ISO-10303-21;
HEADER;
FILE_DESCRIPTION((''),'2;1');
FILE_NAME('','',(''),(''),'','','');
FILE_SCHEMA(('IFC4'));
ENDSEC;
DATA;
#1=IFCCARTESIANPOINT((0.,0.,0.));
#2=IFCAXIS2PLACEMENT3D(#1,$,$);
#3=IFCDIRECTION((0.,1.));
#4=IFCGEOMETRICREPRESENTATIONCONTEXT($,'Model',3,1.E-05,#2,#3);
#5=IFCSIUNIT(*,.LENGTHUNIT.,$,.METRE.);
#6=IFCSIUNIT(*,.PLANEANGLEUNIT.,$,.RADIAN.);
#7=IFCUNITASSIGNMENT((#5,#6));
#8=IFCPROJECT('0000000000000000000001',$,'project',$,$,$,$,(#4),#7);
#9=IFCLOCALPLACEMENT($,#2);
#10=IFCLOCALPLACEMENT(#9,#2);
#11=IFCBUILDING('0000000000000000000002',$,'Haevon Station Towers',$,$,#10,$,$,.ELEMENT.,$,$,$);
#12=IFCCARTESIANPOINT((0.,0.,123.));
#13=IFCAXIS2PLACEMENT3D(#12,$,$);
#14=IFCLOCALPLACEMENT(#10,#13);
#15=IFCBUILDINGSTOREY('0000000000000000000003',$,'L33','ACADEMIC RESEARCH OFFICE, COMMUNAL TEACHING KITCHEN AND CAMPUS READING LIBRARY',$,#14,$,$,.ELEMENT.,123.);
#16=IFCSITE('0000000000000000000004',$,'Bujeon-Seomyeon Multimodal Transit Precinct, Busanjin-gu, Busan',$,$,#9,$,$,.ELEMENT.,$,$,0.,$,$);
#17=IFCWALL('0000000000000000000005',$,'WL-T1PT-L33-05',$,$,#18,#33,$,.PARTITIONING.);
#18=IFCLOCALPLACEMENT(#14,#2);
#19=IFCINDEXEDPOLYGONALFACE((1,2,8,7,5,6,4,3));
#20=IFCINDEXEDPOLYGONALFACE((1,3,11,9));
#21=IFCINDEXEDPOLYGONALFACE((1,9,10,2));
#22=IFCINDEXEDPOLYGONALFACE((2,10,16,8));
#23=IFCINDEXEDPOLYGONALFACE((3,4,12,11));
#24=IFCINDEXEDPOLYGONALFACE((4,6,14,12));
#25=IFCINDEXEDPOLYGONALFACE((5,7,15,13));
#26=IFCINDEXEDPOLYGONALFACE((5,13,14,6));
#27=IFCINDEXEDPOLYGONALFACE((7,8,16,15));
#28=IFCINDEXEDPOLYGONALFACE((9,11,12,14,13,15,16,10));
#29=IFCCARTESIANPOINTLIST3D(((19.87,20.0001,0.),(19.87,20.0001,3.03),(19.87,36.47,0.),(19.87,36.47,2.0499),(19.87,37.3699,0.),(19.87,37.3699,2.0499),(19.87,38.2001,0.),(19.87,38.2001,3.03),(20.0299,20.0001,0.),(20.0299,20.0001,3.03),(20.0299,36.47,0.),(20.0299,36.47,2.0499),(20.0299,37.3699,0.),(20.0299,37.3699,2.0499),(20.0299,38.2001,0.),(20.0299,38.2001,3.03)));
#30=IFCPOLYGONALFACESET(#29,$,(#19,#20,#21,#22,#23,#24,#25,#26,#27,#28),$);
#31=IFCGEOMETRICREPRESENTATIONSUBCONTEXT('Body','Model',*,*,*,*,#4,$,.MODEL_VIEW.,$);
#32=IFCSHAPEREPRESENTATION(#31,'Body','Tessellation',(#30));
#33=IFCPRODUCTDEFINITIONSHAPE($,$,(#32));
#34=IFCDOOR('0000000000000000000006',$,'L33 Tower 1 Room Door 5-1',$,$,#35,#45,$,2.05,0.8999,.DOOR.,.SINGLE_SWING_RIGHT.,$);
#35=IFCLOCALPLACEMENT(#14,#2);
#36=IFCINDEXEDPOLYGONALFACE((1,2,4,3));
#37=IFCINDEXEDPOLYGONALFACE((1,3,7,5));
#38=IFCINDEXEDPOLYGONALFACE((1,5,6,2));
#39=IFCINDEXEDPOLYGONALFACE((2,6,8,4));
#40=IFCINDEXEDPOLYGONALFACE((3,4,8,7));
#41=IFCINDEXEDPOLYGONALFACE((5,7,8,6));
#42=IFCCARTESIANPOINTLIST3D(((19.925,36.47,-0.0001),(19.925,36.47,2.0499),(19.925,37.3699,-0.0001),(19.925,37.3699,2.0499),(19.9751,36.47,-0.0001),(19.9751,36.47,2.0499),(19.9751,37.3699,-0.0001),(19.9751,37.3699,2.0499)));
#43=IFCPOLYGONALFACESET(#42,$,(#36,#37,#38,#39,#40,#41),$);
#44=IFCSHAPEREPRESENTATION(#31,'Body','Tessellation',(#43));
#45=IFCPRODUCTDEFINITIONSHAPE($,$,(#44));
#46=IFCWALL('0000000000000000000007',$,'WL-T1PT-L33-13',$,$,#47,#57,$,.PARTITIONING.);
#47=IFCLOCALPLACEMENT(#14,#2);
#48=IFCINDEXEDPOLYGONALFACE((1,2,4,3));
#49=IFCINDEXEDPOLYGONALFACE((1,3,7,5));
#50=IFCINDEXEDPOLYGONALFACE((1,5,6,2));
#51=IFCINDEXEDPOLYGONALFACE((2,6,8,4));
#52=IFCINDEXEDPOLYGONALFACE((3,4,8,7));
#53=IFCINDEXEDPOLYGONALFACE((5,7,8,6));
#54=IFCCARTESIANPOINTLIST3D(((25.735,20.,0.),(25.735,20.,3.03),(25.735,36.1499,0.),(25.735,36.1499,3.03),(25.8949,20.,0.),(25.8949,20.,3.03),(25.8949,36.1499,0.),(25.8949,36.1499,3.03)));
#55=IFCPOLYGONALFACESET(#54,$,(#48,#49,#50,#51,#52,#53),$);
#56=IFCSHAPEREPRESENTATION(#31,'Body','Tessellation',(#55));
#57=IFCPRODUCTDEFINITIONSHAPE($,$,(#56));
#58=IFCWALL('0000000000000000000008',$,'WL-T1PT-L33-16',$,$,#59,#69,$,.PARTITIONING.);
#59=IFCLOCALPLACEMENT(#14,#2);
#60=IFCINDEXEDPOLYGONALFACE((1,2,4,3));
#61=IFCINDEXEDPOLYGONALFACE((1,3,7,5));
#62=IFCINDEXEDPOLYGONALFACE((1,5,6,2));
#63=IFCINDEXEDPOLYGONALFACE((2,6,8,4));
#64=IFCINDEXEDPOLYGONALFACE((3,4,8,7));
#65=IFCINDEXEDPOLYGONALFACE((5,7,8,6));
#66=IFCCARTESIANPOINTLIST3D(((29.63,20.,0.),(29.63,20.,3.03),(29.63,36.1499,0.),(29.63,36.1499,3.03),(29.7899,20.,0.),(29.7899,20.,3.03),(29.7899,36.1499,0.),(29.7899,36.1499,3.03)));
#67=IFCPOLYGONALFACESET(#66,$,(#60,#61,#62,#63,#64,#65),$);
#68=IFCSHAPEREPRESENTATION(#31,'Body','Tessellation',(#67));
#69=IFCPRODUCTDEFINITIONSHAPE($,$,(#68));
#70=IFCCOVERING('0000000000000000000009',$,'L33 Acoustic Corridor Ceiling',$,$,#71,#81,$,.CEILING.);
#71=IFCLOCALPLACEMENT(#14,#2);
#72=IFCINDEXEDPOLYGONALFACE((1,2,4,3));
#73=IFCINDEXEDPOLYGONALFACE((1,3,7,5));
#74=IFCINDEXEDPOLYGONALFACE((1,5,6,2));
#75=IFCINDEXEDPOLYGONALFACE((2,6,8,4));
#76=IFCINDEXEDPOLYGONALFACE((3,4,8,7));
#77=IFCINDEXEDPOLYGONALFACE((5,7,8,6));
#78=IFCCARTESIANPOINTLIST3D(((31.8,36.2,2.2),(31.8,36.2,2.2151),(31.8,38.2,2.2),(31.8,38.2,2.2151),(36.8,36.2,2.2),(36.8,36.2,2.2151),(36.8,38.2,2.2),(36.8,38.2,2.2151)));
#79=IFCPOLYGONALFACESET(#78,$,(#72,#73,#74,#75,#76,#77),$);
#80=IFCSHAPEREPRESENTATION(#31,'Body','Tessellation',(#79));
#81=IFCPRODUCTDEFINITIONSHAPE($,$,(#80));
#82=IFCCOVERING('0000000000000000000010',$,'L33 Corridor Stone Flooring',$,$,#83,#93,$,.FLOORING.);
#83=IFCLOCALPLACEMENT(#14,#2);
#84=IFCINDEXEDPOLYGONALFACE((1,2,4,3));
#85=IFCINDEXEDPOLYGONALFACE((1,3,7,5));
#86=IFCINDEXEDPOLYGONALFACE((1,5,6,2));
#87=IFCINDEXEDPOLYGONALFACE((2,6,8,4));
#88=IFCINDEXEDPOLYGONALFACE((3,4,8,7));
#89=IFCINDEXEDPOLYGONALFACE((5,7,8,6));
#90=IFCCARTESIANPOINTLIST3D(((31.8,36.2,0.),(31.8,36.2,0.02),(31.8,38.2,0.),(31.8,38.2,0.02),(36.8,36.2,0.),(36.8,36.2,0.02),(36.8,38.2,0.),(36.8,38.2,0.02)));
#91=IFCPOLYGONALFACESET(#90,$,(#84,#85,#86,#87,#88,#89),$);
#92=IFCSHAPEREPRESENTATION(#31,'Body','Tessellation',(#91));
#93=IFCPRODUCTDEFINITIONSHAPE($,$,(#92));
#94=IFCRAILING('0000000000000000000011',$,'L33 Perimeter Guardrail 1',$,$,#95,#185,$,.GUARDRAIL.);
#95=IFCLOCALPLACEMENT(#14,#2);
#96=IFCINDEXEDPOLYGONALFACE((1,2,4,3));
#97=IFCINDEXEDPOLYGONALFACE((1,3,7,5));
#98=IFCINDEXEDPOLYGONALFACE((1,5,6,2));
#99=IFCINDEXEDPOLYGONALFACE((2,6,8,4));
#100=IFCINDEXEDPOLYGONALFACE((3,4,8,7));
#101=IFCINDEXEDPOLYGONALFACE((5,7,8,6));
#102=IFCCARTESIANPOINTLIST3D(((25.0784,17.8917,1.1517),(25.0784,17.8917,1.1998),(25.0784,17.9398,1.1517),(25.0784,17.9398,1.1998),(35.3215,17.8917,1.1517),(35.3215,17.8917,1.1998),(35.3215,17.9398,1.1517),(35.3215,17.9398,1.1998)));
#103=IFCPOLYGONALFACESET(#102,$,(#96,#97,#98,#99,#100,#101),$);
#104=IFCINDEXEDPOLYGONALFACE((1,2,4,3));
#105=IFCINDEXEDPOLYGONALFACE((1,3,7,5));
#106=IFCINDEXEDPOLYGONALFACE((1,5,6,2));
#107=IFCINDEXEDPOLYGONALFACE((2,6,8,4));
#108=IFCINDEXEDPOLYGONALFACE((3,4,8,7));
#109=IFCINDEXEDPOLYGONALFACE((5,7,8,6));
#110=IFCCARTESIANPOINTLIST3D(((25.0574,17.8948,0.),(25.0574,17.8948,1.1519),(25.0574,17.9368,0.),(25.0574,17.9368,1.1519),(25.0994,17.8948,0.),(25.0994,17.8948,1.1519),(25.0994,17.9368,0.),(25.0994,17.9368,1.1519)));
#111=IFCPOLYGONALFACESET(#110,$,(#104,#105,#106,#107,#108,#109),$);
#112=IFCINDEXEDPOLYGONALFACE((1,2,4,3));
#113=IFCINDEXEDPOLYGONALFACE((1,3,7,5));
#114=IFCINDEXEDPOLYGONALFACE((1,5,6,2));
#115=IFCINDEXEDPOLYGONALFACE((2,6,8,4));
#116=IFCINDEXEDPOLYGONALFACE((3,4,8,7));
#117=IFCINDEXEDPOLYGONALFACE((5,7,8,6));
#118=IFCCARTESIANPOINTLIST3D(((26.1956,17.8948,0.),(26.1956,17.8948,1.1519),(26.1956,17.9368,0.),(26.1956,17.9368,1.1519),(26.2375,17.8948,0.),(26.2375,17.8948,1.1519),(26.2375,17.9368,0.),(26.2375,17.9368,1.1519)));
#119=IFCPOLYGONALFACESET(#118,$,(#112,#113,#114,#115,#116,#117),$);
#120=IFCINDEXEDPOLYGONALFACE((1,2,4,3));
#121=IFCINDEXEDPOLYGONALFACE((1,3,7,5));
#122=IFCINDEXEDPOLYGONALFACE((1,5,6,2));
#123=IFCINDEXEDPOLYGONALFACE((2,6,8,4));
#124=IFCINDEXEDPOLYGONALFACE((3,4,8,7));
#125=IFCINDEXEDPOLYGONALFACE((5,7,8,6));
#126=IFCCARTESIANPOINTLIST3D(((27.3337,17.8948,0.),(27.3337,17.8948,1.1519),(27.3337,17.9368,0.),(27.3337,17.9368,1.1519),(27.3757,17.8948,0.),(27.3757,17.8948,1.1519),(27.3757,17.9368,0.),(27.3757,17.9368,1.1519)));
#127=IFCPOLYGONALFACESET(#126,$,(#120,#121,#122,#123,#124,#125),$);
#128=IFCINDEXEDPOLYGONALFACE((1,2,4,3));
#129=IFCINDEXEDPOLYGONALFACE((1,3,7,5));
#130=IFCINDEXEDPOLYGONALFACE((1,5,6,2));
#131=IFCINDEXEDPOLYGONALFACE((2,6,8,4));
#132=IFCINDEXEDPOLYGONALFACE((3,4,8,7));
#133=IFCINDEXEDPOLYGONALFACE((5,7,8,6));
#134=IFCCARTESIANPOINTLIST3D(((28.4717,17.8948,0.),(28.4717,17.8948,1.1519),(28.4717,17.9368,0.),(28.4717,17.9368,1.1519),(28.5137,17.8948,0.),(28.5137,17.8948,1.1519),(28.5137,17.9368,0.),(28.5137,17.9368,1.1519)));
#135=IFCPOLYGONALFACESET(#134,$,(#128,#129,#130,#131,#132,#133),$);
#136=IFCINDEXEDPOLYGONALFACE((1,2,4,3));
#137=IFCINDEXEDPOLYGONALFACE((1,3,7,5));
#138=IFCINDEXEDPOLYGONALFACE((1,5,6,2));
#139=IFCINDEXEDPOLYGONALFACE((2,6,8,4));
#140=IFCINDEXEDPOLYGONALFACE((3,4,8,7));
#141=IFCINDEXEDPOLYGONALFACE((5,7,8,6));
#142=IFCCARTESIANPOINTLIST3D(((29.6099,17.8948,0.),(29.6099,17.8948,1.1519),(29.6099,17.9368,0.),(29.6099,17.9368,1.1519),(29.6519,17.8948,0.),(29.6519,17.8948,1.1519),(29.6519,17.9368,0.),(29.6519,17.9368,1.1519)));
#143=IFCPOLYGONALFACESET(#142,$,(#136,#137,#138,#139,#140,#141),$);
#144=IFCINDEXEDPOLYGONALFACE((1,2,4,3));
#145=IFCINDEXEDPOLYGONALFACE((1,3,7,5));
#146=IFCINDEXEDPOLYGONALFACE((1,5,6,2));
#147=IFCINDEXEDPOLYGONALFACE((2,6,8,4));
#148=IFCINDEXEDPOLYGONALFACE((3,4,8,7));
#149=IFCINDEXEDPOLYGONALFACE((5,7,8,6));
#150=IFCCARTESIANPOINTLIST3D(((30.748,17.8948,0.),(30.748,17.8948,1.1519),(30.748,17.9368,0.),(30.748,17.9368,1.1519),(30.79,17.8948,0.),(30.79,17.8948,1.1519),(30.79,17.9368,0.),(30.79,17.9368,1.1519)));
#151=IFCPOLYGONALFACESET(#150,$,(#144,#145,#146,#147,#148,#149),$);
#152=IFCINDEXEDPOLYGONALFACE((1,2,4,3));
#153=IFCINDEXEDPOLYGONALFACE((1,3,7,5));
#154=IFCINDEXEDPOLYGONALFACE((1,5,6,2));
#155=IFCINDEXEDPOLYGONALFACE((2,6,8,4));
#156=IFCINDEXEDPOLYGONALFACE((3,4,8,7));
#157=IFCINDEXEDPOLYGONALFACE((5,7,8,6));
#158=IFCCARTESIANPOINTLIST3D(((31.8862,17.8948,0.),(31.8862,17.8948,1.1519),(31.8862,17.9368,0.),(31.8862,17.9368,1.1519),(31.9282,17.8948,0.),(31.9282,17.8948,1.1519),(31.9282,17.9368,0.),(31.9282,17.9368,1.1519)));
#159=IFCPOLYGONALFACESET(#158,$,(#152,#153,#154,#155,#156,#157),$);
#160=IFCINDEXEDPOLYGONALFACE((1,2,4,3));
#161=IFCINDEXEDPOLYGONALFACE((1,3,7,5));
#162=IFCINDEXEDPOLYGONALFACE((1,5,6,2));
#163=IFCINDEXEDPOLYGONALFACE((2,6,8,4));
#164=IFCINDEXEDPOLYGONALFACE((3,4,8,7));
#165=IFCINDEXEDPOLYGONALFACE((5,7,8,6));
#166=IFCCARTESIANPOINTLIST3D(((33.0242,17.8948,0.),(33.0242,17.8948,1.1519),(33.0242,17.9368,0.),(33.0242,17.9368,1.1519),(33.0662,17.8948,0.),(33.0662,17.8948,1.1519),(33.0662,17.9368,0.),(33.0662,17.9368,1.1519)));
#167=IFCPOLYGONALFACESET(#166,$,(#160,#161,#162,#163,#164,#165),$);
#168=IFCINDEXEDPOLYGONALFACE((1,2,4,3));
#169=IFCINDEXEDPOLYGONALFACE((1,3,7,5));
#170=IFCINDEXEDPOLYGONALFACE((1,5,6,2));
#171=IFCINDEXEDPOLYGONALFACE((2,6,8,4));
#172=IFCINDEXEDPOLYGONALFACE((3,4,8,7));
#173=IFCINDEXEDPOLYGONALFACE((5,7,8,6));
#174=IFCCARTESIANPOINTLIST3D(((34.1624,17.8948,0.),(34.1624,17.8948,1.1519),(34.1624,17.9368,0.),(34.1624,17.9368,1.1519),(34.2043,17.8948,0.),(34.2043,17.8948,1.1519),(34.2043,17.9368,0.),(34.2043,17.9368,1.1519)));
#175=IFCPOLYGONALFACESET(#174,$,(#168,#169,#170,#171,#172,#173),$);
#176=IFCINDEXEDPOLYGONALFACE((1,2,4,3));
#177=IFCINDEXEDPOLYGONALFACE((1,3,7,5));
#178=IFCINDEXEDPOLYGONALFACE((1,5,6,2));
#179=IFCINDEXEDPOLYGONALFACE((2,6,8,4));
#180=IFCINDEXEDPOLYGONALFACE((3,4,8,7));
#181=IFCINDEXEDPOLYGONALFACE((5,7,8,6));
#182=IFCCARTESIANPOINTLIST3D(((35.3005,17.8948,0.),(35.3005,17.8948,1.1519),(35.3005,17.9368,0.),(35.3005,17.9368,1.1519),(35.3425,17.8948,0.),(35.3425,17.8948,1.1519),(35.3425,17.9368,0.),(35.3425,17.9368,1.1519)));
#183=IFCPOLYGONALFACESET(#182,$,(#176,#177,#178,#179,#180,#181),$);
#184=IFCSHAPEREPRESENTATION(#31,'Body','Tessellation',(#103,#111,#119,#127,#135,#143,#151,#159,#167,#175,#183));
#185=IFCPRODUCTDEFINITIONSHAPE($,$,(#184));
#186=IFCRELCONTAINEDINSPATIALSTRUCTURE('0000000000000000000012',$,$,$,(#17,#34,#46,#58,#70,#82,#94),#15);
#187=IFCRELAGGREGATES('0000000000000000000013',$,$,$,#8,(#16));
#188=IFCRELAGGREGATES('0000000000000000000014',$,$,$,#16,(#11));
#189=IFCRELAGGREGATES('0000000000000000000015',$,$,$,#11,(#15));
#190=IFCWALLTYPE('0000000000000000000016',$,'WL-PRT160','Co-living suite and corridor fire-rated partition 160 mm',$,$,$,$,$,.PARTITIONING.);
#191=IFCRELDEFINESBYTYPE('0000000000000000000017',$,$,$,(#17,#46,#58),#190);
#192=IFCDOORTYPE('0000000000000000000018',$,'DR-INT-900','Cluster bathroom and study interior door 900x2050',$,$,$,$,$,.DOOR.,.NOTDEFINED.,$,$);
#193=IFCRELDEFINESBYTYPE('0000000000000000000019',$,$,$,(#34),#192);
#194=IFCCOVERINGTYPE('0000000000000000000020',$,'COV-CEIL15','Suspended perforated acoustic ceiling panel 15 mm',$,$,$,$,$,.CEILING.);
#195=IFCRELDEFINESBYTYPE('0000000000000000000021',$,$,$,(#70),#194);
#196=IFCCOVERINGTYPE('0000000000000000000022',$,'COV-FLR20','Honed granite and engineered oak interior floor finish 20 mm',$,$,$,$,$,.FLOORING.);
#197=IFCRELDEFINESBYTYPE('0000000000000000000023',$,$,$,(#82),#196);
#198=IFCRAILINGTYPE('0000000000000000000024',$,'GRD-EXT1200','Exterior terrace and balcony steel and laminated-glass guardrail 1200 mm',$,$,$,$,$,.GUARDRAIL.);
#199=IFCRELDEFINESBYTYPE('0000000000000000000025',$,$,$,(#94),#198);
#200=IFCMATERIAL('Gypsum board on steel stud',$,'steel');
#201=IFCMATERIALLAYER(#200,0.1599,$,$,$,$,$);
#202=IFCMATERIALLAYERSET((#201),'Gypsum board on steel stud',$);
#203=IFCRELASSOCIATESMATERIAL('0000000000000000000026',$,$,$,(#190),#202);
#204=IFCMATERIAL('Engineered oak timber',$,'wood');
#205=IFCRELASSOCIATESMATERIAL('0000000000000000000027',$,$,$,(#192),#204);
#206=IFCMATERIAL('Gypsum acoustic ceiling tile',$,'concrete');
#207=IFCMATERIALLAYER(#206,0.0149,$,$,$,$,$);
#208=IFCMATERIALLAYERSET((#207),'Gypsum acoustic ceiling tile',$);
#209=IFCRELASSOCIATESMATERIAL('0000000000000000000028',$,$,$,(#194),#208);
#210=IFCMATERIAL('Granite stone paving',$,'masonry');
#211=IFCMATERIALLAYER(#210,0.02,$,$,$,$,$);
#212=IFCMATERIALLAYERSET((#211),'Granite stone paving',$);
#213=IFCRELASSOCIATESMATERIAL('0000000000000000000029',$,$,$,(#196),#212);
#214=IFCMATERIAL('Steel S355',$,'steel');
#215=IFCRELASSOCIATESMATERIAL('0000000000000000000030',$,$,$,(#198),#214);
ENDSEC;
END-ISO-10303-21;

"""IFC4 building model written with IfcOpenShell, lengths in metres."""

from ifc_helpers import new_model, si_unit, direction, frame, frame_2d, origin, origin_2d, place, context, subcontext, project, spatial, polyline, rectangle, outline, extrude, material, layer, layer_set, type_object, element, fill, save


model = new_model("IFC4")

# Units and contexts
model_context = context("Model", 3, precision=1e-05, world=origin(), true_north=direction((0.0, 1.0)))
body_context = subcontext(model_context, "Body", "Model", "MODEL_VIEW")
ifc_project = project(units=[si_unit("LENGTHUNIT", "METRE"), si_unit("PLANEANGLEUNIT", "RADIAN")], contexts=[model_context])

# Site, building, storey
site_placement = place(None, origin())
site = spatial("IfcSite", under=ifc_project, at=site_placement, Name="Bujeon-Seomyeon Multimodal Transit Precinct, Busanjin-gu, Busan", CompositionType="ELEMENT", RefElevation=0.0)
building_placement = place(site_placement, origin())
building = spatial("IfcBuilding", under=site, at=building_placement, Name="Haevon Station Towers", CompositionType="ELEMENT")
storey_placement = place(building_placement, frame((0.0, 0.0, 123.0)))
storey = spatial("IfcBuildingStorey", under=building, at=storey_placement, Name="L33", Description="ACADEMIC RESEARCH OFFICE, COMMUNAL TEACHING KITCHEN AND CAMPUS READING LIBRARY", CompositionType="ELEMENT", Elevation=123.0)

# Shared definitions
ifc_material_1 = material(Name="Steel S355", Category="steel")

# Shared definitions
ifc_material_2 = material(Name="Gypsum board on steel stud", Category="steel")
ifc_layer_1 = layer(ifc_material_2, 0.1599)
ifc_layer_set_1 = layer_set([ifc_layer_1], Name="Gypsum board on steel stud")
wall_type_1 = type_object("IfcWallType", Name="WL-PRT160", Description="Co-living suite and corridor fire-rated partition 160 mm", PredefinedType="PARTITIONING", material=ifc_layer_set_1)

# Wall, opening, door
wall_1_placement = place(storey_placement, frame((19.95, 20.0, 0.0), z_axis=(0.0, 0.0, 1.0), x_axis=(0.0, 1.0, 0.0)))
wall_1 = element("IfcWall", 1, at=wall_1_placement, inside=storey, type_object=wall_type_1, Name="WL-T1PT-L33-05", PredefinedType="PARTITIONING", context=body_context, shape_type="SweptSolid", body=[
    extrude(rectangle(XDim=18.2, YDim=0.1599, at=frame_2d((9.1001, 0.0))), origin(), (0.0, 0.0, 1.0), 3.03),
])
opening_placement = place(wall_1_placement, frame((16.47, 0.0, 0.0)))
opening = element("IfcOpeningElement", 2, at=opening_placement, cuts=wall_1, PredefinedType="OPENING", context=body_context, shape_type="SweptSolid", body=[
    extrude(rectangle(XDim=0.8999, YDim=2.05, at=frame_2d((0.45, 1.0249))), frame((0.0, 0.0898, 0.0), z_axis=(0.0, -1.0, 0.0), x_axis=(1.0, 0.0, 0.0)), (0.0, 0.0, 1.0), 0.1799),
])
ifc_material_3 = material(Name="Engineered oak timber", Category="wood")
door_type = type_object("IfcDoorType", Name="DR-INT-900", Description="Cluster bathroom and study interior door 900x2050", OperationType="NOTDEFINED", PredefinedType="DOOR", material=ifc_material_3)
door_placement = place(opening_placement, origin())
door = element("IfcDoor", 3, at=door_placement, inside=storey, type_object=door_type, Name="L33 Tower 1 Room Door 5-1", OperationType="SINGLE_SWING_RIGHT", OverallHeight=2.05, OverallWidth=0.8999, PredefinedType="DOOR", context=body_context, shape_type="SweptSolid", body=[
    extrude(rectangle(XDim=0.8999, YDim=2.05, at=frame_2d((0.45, 1.0249))), frame((0.0, 0.0249, 0.0), z_axis=(0.0, -1.0, 0.0), x_axis=(1.0, 0.0, 0.0)), (0.0, 0.0, 1.0), 0.05),
])
fill(opening, door)

# Walls
for number, where, z_axis, x_axis, name in (
    (4, (25.8149, 20.0, 0.0), (0.0, 0.0, 1.0), (0.0, 1.0, 0.0), "WL-T1PT-L33-13"),
    (5, (29.71, 20.0, 0.0), (0.0, 0.0, 1.0), (0.0, 1.0, 0.0), "WL-T1PT-L33-16"),
):
    element("IfcWall", number, at=place(storey_placement, frame(where, z_axis=z_axis, x_axis=x_axis)), inside=storey, type_object=wall_type_1, Name=name, PredefinedType="PARTITIONING", context=body_context, shape_type="SweptSolid", body=[
        extrude(rectangle(XDim=16.1499, YDim=0.1599, at=frame_2d((8.075, 0.0))), origin(), (0.0, 0.0, 1.0), 3.03),
    ])

# Coverings
ifc_material_4 = material(Name="Gypsum acoustic ceiling tile", Category="concrete")
ifc_layer_2 = layer(ifc_material_4, 0.0149)
ifc_layer_set_2 = layer_set([ifc_layer_2], Name="Gypsum acoustic ceiling tile")
covering_type_1 = type_object("IfcCoveringType", Name="COV-CEIL15", Description="Suspended perforated acoustic ceiling panel 15 mm", PredefinedType="CEILING", material=ifc_layer_set_2)
covering_1_placement = place(storey_placement, frame((0.0, 0.0, 2.2)))
element("IfcCovering", 6, at=covering_1_placement, inside=storey, type_object=covering_type_1, Name="L33 Acoustic Corridor Ceiling", PredefinedType="CEILING", context=body_context, shape_type="SweptSolid", body=[
    extrude(outline(polyline([(31.8, 36.2), (36.8, 36.2), (36.8, 38.2), (31.8, 38.2), (31.8, 36.2)])), origin(), (0.0, 0.0, 1.0), 0.0151),
])
ifc_material_5 = material(Name="Granite stone paving", Category="masonry")
ifc_layer_3 = layer(ifc_material_5, 0.02)
ifc_layer_set_3 = layer_set([ifc_layer_3], Name="Granite stone paving")
covering_type_2 = type_object("IfcCoveringType", Name="COV-FLR20", Description="Honed granite and engineered oak interior floor finish 20 mm", PredefinedType="FLOORING", material=ifc_layer_set_3)
covering_2_placement = place(storey_placement, origin())
element("IfcCovering", 7, at=covering_2_placement, inside=storey, type_object=covering_type_2, Name="L33 Corridor Stone Flooring", PredefinedType="FLOORING", context=body_context, shape_type="SweptSolid", body=[
    extrude(outline(polyline([(31.8, 36.2), (36.8, 36.2), (36.8, 38.2), (31.8, 38.2), (31.8, 36.2)])), origin(), (0.0, 0.0, 1.0), 0.02),
])

# Railing
railing_type = type_object("IfcRailingType", Name="GRD-EXT1200", Description="Exterior terrace and balcony steel and laminated-glass guardrail 1200 mm", PredefinedType="GUARDRAIL", material=ifc_material_1)
railing_1_placement = place(storey_placement, frame((25.0784, 17.9158, 0.0)))
element("IfcRailing", 8, at=railing_1_placement, inside=storey, type_object=railing_type, Name="L33 Perimeter Guardrail 1", PredefinedType="GUARDRAIL", context=body_context, shape_type="SweptSolid", body=[
    extrude(rectangle(XDim=0.0481, YDim=0.0481, at=origin_2d()), frame((0.0, 0.0, 1.1758), z_axis=(1.0, 0.0, 0.0), x_axis=(0.0, 1.0, 0.0)), (0.0, 0.0, 1.0), 10.2432),
    extrude(rectangle(XDim=0.042, YDim=0.042, at=origin_2d()), origin(), (0.0, 0.0, 1.0), 1.1519),
    extrude(rectangle(XDim=0.042, YDim=0.042, at=origin_2d()), frame((1.1382, 0.0, 0.0)), (0.0, 0.0, 1.0), 1.1519),
    extrude(rectangle(XDim=0.042, YDim=0.042, at=origin_2d()), frame((2.2764, 0.0, 0.0)), (0.0, 0.0, 1.0), 1.1519),
    extrude(rectangle(XDim=0.042, YDim=0.042, at=origin_2d()), frame((3.4143, 0.0, 0.0)), (0.0, 0.0, 1.0), 1.1519),
    extrude(rectangle(XDim=0.042, YDim=0.042, at=origin_2d()), frame((4.5525, 0.0, 0.0)), (0.0, 0.0, 1.0), 1.1519),
    extrude(rectangle(XDim=0.042, YDim=0.042, at=origin_2d()), frame((5.6907, 0.0, 0.0)), (0.0, 0.0, 1.0), 1.1519),
    extrude(rectangle(XDim=0.042, YDim=0.042, at=origin_2d()), frame((6.8289, 0.0, 0.0)), (0.0, 0.0, 1.0), 1.1519),
    extrude(rectangle(XDim=0.042, YDim=0.042, at=origin_2d()), frame((7.9668, 0.0, 0.0)), (0.0, 0.0, 1.0), 1.1519),
    extrude(rectangle(XDim=0.042, YDim=0.042, at=origin_2d()), frame((9.105, 0.0, 0.0)), (0.0, 0.0, 1.0), 1.1519),
    extrude(rectangle(XDim=0.042, YDim=0.042, at=origin_2d()), frame((10.2432, 0.0, 0.0)), (0.0, 0.0, 1.0), 1.1519),
])

save(model, "model.ifc")
